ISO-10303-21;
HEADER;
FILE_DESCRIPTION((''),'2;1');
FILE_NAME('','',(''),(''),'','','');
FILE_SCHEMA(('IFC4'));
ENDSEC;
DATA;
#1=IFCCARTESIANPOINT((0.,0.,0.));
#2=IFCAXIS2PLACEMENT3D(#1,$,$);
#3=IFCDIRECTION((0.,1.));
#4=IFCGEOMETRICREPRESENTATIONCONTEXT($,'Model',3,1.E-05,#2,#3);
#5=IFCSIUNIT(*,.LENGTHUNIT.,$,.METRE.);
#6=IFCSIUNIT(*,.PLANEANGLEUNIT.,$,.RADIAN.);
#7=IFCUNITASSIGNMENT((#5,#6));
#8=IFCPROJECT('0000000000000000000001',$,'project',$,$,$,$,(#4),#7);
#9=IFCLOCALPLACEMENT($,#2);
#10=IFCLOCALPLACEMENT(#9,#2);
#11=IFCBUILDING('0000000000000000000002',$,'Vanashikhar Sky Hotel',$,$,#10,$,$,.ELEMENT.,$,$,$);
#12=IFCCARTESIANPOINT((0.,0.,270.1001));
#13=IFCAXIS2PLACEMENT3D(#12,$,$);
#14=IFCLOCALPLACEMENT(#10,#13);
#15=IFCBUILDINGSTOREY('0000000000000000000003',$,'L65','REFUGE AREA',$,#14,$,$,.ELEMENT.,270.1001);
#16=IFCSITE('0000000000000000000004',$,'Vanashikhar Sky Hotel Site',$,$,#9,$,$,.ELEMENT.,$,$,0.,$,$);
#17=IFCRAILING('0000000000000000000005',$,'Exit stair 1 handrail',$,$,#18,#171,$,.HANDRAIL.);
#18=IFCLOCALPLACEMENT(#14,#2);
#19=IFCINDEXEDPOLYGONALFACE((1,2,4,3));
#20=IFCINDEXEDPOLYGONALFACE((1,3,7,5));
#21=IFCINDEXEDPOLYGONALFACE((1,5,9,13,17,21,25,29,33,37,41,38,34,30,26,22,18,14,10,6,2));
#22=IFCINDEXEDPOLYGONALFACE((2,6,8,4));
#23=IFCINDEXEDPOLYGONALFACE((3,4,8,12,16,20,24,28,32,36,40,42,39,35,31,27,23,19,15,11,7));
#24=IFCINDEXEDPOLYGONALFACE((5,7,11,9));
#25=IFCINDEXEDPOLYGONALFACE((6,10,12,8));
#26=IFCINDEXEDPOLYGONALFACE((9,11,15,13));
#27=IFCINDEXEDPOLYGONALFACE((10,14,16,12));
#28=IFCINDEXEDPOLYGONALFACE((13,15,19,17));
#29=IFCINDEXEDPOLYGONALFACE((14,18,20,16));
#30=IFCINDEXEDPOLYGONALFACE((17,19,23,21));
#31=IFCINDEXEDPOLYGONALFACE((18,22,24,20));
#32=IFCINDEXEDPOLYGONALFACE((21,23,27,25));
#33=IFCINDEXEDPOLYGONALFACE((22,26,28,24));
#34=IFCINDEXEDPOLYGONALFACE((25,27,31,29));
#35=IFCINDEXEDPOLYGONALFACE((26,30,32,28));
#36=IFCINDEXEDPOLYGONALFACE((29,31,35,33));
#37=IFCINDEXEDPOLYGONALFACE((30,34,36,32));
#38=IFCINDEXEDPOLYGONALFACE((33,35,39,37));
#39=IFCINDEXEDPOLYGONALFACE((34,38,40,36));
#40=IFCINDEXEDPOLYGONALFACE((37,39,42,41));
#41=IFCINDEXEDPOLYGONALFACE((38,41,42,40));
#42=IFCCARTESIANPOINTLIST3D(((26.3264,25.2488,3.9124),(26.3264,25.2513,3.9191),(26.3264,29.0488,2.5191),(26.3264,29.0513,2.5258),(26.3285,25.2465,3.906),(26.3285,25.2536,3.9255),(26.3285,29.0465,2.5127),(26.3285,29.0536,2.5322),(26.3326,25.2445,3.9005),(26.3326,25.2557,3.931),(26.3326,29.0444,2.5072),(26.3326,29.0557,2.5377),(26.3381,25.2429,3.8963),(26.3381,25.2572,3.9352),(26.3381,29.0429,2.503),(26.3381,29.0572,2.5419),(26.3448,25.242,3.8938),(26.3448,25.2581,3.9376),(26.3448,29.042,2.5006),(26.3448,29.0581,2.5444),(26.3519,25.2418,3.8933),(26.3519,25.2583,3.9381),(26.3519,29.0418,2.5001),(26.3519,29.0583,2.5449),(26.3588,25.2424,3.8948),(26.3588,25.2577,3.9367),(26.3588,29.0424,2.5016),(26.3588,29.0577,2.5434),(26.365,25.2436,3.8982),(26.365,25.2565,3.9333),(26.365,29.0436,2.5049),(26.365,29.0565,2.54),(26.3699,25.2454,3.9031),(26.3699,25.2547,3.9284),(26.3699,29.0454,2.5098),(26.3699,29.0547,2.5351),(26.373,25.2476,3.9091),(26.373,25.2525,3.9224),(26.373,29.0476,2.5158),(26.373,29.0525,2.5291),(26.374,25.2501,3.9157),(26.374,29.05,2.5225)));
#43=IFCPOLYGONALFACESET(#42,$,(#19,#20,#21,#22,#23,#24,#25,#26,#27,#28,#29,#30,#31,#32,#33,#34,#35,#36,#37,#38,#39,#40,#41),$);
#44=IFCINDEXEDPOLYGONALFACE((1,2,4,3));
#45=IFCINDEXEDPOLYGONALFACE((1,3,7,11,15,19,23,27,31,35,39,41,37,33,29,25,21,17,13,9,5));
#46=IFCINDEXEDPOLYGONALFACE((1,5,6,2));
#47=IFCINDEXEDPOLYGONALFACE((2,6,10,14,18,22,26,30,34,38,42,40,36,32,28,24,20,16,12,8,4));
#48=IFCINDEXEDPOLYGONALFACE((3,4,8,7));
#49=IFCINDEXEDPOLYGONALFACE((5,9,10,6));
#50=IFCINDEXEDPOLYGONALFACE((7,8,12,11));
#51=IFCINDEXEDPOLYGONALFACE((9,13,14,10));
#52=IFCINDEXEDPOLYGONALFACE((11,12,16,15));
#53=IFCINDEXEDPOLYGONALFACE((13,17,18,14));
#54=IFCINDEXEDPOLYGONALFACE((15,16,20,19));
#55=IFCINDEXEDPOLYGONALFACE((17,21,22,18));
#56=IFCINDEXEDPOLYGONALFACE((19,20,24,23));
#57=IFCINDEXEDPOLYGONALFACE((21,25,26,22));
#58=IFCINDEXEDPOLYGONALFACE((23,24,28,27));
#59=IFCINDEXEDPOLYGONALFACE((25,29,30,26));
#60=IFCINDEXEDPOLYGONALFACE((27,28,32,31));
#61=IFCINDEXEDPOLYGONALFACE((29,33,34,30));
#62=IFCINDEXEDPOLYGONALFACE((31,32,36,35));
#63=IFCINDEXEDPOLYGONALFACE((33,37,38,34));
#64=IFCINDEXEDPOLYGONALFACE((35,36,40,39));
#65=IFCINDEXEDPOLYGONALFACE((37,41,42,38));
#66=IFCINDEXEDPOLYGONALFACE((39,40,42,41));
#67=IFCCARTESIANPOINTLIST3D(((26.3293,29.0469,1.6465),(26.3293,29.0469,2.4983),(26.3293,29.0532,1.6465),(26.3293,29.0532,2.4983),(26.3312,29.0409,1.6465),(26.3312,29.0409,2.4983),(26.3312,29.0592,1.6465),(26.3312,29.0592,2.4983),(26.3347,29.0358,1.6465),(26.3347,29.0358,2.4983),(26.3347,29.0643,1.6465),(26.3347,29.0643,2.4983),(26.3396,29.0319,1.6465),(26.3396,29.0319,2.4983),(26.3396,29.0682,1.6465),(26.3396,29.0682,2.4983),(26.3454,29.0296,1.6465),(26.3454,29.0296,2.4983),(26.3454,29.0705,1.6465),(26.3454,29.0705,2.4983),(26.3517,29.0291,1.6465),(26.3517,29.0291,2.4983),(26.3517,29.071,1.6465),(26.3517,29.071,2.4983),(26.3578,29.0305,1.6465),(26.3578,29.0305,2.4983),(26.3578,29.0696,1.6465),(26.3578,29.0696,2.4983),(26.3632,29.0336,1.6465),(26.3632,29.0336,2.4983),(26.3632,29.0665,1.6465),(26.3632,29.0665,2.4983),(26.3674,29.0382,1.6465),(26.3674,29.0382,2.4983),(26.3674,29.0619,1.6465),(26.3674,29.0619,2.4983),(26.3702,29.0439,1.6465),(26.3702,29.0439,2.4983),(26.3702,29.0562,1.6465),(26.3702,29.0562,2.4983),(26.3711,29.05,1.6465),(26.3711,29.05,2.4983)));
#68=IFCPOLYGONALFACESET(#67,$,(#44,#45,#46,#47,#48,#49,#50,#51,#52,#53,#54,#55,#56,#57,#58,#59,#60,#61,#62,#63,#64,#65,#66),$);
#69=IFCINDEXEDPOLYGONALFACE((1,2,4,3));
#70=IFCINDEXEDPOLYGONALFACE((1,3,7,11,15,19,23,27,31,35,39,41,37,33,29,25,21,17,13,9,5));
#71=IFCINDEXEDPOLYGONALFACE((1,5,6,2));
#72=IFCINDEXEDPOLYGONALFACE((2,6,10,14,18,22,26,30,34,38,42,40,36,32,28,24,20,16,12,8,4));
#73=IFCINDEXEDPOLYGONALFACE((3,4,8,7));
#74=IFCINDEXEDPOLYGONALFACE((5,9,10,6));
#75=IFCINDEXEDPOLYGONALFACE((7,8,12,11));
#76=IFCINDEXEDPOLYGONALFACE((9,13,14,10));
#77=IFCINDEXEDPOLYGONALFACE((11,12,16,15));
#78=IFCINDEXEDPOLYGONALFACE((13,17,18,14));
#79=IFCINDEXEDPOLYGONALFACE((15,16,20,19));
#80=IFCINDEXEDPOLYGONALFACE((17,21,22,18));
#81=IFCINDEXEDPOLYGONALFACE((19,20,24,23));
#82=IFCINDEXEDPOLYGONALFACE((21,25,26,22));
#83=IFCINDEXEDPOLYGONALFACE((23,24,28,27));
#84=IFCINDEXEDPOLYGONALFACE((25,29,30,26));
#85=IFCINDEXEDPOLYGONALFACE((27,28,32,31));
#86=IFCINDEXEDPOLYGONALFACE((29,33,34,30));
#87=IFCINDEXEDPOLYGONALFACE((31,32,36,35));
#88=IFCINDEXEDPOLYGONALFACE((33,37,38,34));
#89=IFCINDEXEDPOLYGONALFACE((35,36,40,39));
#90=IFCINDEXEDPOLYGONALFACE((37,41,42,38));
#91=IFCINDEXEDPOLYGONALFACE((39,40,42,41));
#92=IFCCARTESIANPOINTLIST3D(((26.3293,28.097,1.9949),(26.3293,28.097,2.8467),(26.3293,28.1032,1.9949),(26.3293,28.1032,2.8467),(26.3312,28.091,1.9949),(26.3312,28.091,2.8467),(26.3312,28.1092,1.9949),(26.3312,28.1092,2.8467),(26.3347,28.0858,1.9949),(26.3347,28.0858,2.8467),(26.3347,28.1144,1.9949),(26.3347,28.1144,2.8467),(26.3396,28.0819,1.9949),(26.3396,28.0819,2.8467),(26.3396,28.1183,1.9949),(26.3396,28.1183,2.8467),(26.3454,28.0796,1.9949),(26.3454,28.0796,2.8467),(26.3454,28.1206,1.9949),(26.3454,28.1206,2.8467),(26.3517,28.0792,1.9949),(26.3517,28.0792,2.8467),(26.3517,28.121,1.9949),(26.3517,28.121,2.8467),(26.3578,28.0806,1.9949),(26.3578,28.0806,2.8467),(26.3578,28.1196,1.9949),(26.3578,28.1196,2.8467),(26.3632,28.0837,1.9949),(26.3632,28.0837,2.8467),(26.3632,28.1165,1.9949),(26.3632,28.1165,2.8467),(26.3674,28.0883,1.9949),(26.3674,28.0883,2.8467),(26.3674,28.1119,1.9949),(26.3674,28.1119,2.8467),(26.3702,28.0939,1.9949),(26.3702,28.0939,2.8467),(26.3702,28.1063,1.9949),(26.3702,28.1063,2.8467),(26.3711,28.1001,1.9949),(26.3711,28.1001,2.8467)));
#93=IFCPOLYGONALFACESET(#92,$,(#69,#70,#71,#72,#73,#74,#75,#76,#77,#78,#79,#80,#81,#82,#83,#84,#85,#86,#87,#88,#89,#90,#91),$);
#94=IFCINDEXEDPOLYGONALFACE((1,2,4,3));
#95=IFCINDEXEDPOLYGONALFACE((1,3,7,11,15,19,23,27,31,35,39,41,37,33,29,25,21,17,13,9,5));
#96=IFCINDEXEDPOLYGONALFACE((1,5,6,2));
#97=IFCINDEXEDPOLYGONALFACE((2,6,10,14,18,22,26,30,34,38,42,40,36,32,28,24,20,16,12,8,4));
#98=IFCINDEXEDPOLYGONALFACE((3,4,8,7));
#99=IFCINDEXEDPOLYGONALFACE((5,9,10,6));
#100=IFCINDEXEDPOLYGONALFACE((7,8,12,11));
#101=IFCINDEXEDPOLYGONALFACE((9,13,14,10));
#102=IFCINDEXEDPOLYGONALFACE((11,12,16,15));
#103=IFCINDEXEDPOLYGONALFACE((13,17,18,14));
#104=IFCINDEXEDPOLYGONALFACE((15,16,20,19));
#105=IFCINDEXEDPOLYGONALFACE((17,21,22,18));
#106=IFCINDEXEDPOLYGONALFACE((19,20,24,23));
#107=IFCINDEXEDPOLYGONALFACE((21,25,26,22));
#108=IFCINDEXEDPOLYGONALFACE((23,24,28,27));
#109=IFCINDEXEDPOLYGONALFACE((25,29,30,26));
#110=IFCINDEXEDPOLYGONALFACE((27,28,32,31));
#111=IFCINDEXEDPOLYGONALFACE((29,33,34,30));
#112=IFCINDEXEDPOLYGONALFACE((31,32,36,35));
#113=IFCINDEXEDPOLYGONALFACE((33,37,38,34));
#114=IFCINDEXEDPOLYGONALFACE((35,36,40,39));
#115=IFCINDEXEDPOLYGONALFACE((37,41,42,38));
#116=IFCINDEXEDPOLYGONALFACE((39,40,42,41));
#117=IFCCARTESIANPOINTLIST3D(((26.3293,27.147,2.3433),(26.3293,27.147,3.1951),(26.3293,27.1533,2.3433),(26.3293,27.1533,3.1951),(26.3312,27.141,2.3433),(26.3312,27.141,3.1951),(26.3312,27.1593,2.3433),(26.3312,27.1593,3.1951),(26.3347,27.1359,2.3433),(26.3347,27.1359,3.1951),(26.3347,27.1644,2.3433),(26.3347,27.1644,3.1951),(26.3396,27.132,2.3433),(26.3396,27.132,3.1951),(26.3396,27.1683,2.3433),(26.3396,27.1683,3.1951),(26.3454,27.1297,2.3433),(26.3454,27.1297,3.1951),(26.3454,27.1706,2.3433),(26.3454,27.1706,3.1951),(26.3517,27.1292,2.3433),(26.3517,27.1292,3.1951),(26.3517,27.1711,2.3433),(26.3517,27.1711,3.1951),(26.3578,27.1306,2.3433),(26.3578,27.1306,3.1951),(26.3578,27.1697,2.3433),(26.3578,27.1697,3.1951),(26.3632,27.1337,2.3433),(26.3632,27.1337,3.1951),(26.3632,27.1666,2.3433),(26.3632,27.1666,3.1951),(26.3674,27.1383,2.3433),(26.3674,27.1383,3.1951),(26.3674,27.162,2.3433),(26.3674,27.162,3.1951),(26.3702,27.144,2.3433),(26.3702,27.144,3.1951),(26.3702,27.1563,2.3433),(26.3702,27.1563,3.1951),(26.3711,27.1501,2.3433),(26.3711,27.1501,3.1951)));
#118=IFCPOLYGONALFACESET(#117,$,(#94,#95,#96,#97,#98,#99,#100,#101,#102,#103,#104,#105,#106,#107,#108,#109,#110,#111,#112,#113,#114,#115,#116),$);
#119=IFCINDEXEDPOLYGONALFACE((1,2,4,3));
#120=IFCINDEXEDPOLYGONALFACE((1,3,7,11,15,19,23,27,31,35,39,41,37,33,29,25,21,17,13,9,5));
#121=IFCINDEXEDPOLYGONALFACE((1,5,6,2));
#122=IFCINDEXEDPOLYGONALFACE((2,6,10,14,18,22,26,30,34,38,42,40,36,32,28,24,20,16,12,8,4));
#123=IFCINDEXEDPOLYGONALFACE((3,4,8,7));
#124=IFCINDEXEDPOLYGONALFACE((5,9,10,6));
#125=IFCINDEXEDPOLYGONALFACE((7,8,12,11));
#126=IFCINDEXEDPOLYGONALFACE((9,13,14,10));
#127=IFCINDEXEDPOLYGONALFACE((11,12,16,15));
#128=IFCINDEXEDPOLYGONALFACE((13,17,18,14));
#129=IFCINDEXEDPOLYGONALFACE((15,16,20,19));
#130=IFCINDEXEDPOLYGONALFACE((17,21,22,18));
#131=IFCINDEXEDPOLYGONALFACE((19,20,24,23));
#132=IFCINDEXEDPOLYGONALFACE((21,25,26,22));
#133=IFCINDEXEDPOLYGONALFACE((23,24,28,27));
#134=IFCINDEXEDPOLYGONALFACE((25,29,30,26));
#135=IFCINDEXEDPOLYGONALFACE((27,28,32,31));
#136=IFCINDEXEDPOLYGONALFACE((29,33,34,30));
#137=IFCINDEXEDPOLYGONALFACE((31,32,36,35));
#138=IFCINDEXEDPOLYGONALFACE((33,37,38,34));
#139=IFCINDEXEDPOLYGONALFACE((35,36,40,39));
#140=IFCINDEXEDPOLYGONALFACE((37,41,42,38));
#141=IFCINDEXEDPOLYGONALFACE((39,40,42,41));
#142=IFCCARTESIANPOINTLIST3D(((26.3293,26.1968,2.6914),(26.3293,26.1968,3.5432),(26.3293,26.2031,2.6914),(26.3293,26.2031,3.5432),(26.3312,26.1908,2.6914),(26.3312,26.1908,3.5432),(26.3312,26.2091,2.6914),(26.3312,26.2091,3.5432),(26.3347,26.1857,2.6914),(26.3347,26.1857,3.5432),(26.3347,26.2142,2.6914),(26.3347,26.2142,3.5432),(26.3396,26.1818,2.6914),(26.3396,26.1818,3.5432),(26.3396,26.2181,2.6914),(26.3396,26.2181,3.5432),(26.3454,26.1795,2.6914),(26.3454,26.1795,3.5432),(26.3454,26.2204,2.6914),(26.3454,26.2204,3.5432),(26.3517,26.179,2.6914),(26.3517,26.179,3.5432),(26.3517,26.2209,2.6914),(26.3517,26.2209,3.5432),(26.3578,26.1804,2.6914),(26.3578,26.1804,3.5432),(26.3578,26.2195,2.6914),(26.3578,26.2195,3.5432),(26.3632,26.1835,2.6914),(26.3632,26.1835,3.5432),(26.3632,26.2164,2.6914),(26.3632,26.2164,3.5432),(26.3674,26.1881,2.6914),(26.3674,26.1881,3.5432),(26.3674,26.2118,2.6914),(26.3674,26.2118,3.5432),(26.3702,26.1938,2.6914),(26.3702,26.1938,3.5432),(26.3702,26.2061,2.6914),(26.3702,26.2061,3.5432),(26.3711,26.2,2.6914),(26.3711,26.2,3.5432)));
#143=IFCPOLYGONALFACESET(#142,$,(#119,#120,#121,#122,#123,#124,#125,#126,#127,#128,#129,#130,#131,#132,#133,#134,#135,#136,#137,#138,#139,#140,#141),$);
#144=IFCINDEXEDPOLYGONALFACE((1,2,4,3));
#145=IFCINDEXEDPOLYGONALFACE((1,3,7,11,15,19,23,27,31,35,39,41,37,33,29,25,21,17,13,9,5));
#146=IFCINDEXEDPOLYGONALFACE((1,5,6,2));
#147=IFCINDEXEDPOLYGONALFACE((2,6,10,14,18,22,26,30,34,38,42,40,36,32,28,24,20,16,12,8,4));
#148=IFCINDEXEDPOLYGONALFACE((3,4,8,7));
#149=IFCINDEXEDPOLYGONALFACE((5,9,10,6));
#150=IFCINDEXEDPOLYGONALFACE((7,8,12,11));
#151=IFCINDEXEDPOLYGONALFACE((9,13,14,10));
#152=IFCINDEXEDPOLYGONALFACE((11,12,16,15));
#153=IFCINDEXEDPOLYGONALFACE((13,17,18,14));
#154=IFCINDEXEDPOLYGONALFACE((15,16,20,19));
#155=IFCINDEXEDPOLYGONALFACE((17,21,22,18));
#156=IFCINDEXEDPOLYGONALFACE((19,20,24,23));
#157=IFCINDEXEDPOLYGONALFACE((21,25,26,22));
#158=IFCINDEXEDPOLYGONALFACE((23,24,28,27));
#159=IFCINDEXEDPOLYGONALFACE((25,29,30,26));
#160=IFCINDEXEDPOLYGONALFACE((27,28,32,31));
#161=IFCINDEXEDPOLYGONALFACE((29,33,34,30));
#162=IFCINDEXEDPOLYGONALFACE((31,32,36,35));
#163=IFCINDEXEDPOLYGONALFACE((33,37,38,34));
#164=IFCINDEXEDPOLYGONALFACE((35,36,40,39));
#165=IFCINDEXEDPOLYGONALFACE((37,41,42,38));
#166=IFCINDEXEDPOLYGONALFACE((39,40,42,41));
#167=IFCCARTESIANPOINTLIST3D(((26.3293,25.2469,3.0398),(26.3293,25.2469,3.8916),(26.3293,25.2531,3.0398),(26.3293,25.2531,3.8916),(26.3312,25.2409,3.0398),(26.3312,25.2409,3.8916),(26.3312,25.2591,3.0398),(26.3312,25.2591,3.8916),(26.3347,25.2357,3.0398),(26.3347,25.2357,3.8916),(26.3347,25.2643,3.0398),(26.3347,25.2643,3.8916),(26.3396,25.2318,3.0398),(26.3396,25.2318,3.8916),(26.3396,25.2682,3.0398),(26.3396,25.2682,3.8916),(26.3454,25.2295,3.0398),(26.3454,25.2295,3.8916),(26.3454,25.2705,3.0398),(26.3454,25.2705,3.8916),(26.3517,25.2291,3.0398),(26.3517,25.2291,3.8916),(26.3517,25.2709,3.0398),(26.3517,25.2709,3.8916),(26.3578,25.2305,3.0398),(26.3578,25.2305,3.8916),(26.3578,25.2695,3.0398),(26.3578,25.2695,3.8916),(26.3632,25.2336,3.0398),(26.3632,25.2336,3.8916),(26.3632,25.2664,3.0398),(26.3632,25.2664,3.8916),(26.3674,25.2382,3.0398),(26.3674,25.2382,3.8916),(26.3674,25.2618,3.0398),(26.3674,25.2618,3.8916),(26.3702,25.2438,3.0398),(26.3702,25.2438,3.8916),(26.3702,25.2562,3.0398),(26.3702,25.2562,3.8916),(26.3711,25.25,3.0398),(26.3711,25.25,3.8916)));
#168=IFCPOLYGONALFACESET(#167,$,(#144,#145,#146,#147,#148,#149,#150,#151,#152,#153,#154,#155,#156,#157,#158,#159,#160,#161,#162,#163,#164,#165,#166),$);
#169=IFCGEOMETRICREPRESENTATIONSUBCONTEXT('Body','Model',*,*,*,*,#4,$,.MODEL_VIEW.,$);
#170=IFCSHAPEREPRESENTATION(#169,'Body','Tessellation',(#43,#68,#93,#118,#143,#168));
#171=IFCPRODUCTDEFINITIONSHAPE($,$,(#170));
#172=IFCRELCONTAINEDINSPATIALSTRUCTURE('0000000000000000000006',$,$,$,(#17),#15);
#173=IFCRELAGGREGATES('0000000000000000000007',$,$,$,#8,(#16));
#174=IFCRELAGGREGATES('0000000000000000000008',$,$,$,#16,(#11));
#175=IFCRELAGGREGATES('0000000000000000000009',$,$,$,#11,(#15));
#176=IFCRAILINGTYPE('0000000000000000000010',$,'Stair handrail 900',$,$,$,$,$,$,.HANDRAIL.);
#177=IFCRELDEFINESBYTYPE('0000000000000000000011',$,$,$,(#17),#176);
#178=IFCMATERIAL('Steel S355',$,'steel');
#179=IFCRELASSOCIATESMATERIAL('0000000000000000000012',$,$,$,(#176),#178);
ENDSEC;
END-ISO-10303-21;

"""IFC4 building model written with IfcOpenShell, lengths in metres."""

from ifc_helpers import new_model, si_unit, direction, frame, origin, origin_2d, place, context, subcontext, project, spatial, circle, extrude, source, transform, mapped, material, type_object, element, save


model = new_model("IFC4")

# Units and contexts
model_context = context("Model", 3, precision=1e-05, world=origin(), true_north=direction((0.0, 1.0)))
body_context = subcontext(model_context, "Body", "Model", "MODEL_VIEW")
ifc_project = project(units=[si_unit("LENGTHUNIT", "METRE"), si_unit("PLANEANGLEUNIT", "RADIAN")], contexts=[model_context])

# Site, building, storey
site_placement = place(None, origin())
site = spatial("IfcSite", under=ifc_project, at=site_placement, Name="Vanashikhar Sky Hotel Site", CompositionType="ELEMENT", RefElevation=0.0)
building_placement = place(site_placement, origin())
building = spatial("IfcBuilding", under=site, at=building_placement, Name="Vanashikhar Sky Hotel", CompositionType="ELEMENT")
storey_placement = place(building_placement, frame((0.0, 0.0, 270.1001)))
storey = spatial("IfcBuildingStorey", under=building, at=storey_placement, Name="L65", Description="REFUGE AREA", CompositionType="ELEMENT", Elevation=270.1001)

# Railing
ifc_material_1 = material(Name="Steel S355", Category="steel")
railing_type_1 = type_object("IfcRailingType", Name="Stair handrail 900", PredefinedType="HANDRAIL", material=ifc_material_1)
shared_shape_1 = source(origin(), body_context, "Body", "SweptSolid", [
    extrude(circle(Radius=0.0239, at=origin_2d()), frame((0.0, 0.0, 0.876), z_axis=(0.0, -0.93888, 0.344246), x_axis=(1.0, 0.0, 0.0)), (0.0, 0.0, 1.0), 4.0474),
    extrude(circle(Radius=0.021, at=origin_2d()), origin(), (0.0, 0.0, 1.0), 0.8518),
    extrude(circle(Radius=0.021, at=origin_2d()), frame((0.0, -0.95, 0.3484)), (0.0, 0.0, 1.0), 0.8518),
    extrude(circle(Radius=0.021, at=origin_2d()), frame((0.0, -1.8999, 0.6968)), (0.0, 0.0, 1.0), 0.8518),
    extrude(circle(Radius=0.021, at=origin_2d()), frame((0.0, -2.8501, 1.0449)), (0.0, 0.0, 1.0), 0.8518),
    extrude(circle(Radius=0.021, at=origin_2d()), frame((0.0, -3.8, 1.3933)), (0.0, 0.0, 1.0), 0.8518),
])
for number, where, name in (
    (1, (26.3501, 29.05, 1.6465), "Exit stair 1 handrail"),
):
    element("IfcRailing", number, at=place(storey_placement, frame(where)), inside=storey, type_object=railing_type_1, Name=name, PredefinedType="HANDRAIL", context=body_context, shape_type="MappedRepresentation", body=[
        mapped(shared_shape_1, transform((0.0, 0.0, 0.0), scale=1.0)),
    ])

save(model, "model.ifc")
